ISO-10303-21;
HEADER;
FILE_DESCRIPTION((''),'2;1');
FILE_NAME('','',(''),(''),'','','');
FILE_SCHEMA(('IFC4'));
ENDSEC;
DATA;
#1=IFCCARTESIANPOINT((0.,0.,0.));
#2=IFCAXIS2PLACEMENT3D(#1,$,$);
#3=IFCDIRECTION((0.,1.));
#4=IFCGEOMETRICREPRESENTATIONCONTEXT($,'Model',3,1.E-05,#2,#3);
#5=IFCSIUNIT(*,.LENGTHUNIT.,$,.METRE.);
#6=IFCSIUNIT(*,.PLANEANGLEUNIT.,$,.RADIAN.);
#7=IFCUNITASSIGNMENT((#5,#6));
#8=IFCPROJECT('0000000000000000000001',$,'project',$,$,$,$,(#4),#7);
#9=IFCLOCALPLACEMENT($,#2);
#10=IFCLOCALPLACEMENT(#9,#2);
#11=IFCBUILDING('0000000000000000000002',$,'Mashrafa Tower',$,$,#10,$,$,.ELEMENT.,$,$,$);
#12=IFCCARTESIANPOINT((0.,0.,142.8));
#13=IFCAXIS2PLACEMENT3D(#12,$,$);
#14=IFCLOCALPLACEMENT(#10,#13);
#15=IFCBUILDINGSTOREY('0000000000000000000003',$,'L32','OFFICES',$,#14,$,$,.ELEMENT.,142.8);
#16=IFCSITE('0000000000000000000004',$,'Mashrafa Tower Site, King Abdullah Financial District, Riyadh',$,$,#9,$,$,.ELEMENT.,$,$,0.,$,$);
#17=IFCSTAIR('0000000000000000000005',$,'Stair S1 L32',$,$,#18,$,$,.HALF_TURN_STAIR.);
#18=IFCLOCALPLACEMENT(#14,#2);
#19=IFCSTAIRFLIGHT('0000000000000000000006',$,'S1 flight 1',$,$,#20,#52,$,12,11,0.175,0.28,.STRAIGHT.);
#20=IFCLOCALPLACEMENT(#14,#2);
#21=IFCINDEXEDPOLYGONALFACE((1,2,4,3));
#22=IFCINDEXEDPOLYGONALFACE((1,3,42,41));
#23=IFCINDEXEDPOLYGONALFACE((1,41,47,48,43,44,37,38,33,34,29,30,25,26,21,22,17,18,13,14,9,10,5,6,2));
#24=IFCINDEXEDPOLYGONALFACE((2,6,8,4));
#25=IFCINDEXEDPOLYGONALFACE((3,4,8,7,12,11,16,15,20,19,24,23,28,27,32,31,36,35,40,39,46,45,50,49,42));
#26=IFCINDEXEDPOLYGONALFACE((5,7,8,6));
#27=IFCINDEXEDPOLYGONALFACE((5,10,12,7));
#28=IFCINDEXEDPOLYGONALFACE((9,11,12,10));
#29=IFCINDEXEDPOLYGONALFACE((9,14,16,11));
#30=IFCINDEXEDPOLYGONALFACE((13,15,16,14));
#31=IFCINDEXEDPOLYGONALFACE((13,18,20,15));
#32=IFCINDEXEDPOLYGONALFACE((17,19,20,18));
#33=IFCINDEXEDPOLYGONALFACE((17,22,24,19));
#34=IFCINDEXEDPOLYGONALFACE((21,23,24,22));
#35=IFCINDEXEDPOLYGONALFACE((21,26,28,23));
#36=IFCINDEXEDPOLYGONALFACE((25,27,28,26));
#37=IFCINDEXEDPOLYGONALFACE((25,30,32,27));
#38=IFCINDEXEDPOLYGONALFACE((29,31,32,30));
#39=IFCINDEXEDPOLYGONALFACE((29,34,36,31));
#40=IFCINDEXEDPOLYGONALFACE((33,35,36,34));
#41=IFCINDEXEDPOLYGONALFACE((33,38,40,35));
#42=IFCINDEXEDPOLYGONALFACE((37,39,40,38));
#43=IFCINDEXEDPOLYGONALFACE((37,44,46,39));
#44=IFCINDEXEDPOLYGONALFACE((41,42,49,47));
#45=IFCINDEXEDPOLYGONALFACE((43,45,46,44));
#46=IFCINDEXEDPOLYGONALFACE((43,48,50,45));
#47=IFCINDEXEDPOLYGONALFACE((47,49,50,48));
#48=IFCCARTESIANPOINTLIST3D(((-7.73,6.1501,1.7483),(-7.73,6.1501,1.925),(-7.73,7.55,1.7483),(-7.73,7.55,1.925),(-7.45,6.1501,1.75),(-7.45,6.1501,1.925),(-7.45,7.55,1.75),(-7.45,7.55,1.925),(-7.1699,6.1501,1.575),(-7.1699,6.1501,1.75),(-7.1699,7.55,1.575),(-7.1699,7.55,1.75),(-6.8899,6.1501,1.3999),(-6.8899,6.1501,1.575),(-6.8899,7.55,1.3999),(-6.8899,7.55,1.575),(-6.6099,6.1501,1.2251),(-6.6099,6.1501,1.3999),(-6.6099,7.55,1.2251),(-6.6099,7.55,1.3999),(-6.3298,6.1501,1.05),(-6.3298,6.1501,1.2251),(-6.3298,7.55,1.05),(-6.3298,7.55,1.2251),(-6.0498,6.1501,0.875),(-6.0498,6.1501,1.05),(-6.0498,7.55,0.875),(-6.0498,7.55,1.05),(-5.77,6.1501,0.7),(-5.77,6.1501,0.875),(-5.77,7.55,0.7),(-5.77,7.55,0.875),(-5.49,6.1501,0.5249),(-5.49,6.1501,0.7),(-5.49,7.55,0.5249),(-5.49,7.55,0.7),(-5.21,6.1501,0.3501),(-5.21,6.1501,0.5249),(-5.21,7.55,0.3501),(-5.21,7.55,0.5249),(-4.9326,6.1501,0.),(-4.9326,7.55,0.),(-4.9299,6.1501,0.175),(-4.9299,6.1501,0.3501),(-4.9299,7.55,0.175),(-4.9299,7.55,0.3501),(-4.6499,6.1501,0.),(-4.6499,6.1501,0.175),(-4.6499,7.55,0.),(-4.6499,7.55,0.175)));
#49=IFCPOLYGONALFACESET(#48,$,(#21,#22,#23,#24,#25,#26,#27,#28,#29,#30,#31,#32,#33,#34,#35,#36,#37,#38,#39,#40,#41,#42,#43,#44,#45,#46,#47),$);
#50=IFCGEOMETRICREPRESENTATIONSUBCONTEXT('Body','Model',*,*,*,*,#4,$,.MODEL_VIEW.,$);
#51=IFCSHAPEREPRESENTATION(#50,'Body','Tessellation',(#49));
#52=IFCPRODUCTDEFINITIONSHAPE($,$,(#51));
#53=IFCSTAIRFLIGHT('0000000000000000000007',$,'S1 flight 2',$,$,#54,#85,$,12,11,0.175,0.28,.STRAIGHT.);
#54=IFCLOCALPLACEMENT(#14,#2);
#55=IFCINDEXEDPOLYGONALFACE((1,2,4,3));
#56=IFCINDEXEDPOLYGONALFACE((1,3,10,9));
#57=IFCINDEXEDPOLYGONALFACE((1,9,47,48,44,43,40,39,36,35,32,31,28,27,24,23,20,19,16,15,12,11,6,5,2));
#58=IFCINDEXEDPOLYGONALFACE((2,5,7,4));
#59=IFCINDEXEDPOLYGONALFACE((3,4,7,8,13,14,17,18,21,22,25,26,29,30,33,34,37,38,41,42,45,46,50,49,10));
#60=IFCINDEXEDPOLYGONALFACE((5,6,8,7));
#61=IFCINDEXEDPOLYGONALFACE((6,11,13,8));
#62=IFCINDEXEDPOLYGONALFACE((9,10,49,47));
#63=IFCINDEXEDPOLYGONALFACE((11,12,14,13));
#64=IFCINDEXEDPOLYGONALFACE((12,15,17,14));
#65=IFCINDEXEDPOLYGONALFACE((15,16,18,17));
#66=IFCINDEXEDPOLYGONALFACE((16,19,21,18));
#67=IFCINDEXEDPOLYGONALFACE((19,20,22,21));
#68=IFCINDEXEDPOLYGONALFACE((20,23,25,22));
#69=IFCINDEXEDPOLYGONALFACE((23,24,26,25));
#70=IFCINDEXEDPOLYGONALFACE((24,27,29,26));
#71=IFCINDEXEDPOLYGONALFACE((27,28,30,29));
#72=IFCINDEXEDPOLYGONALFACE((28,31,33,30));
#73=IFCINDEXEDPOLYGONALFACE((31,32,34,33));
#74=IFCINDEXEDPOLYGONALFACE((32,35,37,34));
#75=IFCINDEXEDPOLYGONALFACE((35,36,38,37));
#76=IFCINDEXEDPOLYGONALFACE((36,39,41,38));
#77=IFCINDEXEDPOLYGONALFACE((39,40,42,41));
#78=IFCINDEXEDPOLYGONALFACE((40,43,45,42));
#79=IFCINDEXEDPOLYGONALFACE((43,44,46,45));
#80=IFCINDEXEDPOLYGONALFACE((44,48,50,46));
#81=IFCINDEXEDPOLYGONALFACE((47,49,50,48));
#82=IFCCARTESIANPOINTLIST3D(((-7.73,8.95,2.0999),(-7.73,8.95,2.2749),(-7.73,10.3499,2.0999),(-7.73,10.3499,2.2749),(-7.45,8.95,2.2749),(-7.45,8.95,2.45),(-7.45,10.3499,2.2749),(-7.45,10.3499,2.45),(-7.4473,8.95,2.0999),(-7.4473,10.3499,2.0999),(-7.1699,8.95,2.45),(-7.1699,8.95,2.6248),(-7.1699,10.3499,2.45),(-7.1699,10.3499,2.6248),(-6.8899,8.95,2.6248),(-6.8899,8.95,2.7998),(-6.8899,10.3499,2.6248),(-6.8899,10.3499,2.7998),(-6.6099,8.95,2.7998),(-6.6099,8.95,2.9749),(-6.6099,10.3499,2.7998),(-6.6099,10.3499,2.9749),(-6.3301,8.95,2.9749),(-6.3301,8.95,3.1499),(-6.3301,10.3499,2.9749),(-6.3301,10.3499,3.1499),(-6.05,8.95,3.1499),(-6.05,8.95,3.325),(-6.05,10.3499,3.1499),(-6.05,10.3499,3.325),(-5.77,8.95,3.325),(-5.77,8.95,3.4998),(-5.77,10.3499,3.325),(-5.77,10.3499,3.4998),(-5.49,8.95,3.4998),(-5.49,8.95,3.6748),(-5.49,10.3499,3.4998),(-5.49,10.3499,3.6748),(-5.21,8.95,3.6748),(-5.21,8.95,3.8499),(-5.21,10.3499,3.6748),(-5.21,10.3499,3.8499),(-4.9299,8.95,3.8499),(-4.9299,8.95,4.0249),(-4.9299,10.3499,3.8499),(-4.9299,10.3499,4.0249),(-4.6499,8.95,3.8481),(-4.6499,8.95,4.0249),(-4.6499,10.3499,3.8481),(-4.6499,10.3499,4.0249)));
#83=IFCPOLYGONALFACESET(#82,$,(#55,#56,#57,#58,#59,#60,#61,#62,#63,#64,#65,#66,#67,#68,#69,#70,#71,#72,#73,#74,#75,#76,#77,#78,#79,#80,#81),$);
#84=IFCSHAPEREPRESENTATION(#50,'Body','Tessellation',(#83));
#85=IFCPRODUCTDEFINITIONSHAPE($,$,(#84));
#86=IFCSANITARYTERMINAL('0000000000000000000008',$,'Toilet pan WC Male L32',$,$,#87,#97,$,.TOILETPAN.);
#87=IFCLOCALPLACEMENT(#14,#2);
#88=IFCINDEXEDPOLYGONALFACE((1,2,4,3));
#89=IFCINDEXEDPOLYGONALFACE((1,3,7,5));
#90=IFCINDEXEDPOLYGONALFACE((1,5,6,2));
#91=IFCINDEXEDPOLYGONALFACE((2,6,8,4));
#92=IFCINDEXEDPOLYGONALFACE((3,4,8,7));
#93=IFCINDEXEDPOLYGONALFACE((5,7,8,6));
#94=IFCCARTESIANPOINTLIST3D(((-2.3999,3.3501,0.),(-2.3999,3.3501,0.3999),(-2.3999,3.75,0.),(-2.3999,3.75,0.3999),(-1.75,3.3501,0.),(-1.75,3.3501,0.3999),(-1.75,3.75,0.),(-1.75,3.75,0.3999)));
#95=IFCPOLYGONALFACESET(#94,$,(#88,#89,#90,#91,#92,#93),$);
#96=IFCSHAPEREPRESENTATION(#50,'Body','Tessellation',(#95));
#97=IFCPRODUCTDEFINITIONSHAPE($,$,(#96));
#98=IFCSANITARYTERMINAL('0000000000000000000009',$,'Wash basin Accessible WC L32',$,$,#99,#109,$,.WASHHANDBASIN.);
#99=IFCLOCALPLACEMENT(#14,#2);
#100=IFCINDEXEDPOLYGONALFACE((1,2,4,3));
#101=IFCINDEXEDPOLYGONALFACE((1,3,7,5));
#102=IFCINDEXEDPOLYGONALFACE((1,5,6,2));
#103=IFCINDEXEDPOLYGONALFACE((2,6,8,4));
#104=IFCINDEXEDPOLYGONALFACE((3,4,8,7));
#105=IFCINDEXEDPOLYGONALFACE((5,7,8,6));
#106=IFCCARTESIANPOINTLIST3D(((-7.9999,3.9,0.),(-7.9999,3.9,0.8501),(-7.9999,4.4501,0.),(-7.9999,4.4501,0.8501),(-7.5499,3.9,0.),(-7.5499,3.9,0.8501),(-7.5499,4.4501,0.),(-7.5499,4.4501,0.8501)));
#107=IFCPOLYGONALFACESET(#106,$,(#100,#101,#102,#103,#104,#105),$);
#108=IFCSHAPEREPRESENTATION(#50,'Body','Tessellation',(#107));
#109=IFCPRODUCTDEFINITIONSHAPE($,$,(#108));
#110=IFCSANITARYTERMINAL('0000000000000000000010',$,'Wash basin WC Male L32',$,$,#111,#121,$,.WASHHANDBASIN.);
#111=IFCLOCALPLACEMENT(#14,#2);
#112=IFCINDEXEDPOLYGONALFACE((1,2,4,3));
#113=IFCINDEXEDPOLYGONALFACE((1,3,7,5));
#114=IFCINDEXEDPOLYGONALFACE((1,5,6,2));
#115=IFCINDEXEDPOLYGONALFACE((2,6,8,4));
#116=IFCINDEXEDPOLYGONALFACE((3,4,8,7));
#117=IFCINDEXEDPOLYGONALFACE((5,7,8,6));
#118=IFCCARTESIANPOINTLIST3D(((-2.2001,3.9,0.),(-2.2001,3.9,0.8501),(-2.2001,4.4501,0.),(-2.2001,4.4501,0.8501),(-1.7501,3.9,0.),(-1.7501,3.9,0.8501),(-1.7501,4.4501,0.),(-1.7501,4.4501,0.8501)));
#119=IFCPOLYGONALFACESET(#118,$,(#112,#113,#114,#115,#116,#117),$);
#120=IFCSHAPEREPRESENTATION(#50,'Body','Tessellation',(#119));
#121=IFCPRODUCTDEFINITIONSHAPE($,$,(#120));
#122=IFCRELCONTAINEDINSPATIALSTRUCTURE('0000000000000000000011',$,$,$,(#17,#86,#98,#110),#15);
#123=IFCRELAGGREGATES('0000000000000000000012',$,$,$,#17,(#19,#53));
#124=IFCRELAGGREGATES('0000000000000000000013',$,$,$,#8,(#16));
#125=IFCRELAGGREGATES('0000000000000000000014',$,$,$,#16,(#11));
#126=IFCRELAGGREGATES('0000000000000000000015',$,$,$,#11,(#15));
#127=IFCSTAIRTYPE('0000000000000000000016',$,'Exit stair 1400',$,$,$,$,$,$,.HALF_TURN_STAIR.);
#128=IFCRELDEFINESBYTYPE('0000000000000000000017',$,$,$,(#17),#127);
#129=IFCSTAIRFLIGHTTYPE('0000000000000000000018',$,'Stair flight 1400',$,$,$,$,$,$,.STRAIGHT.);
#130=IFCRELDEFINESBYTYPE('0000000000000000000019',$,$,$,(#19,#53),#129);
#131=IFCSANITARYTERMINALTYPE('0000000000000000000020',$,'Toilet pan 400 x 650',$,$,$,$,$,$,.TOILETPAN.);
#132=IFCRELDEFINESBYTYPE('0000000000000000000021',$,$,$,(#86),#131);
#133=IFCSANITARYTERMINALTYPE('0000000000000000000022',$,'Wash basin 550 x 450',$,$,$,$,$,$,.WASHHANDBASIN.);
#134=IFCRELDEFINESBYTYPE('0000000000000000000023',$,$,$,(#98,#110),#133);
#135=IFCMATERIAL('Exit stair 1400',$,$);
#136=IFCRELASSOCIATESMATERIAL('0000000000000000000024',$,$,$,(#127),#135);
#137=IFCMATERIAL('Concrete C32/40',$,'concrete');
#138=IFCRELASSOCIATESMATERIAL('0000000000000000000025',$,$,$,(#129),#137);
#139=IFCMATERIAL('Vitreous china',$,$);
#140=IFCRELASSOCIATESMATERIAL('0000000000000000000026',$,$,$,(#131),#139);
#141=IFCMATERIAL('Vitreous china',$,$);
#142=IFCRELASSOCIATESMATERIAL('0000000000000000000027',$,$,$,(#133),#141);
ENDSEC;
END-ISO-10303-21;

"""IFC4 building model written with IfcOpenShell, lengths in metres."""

from ifc_helpers import new_model, si_unit, direction, frame, origin, origin_2d, place, context, subcontext, project, spatial, polyline, rectangle, outline, extrude, material, type_object, element, aggregate, save


model = new_model("IFC4")

# Units and contexts
model_context = context("Model", 3, precision=1e-05, world=origin(), true_north=direction((0.0, 1.0)))
body_context = subcontext(model_context, "Body", "Model", "MODEL_VIEW")
ifc_project = project(units=[si_unit("LENGTHUNIT", "METRE"), si_unit("PLANEANGLEUNIT", "RADIAN")], contexts=[model_context])

# Site, building, storey
site_placement = place(None, origin())
site = spatial("IfcSite", under=ifc_project, at=site_placement, Name="Mashrafa Tower Site, King Abdullah Financial District, Riyadh", CompositionType="ELEMENT", RefElevation=0.0)
building_placement = place(site_placement, origin())
building = spatial("IfcBuilding", under=site, at=building_placement, Name="Mashrafa Tower", CompositionType="ELEMENT")
storey_placement = place(building_placement, frame((0.0, 0.0, 142.8)))
storey = spatial("IfcBuildingStorey", under=building, at=storey_placement, Name="L32", Description="OFFICES", CompositionType="ELEMENT", Elevation=142.8)

# Stair, stair flights
ifc_material_1 = material(Name="Exit stair 1400")
stair_type = type_object("IfcStairType", Name="Exit stair 1400", PredefinedType="HALF_TURN_STAIR", material=ifc_material_1)
stair_placement = place(storey_placement, origin())
stair = element("IfcStair", 1, at=stair_placement, inside=storey, type_object=stair_type, Name="Stair S1 L32", PredefinedType="HALF_TURN_STAIR")
ifc_material_2 = material(Name="Concrete C32/40", Category="concrete")
stair_flight_type = type_object("IfcStairFlightType", Name="Stair flight 1400", PredefinedType="STRAIGHT", material=ifc_material_2)
stair_flight_1_placement = place(storey_placement, frame((-4.6499, 6.8501, 0.0), z_axis=(0.0, 0.0, 1.0), x_axis=(-1.0, 0.0, 0.0)))
stair_flight_1 = element("IfcStairFlight", 2, at=stair_flight_1_placement, type_object=stair_flight_type, Name="S1 flight 1", NumberOfRisers=12, NumberOfTreads=11, PredefinedType="STRAIGHT", RiserHeight=0.175, TreadLength=0.28, context=body_context, shape_type="SweptSolid", body=[
    extrude(outline(polyline([(0.0, 0.0), (0.0, 0.175), (0.28, 0.175), (0.28, 0.3501), (0.5601, 0.3501), (0.5601, 0.5249), (0.8401, 0.5249), (0.8401, 0.7), (1.1201, 0.7), (1.1201, 0.875), (1.3999, 0.875), (1.3999, 1.05), (1.6799, 1.05), (1.6799, 1.2251), (1.96, 1.2251), (1.96, 1.3999), (2.24, 1.3999), (2.24, 1.575), (2.52, 1.575), (2.52, 1.75), (2.8, 1.75), (2.8, 1.925), (3.0801, 1.925), (3.0801, 2.1001), (3.0801, 1.7483), (0.2827, 0.0), (0.0, 0.0)])), frame((0.0, 0.7, 0.0), z_axis=(0.0, -1.0, 0.0), x_axis=(1.0, 0.0, 0.0)), (0.0, 0.0, 1.0), 1.3999),
])
stair_flight_2_placement = place(storey_placement, frame((-7.73, 9.6499, 2.0999), z_axis=(0.0, 0.0, 1.0), x_axis=(1.0, 0.0, 0.0)))
stair_flight_2 = element("IfcStairFlight", 3, at=stair_flight_2_placement, type_object=stair_flight_type, Name="S1 flight 2", NumberOfRisers=12, NumberOfTreads=11, PredefinedType="STRAIGHT", RiserHeight=0.175, TreadLength=0.28, context=body_context, shape_type="SweptSolid", body=[
    extrude(outline(polyline([(0.0, 0.0), (0.0, 0.175), (0.28, 0.175), (0.28, 0.3501), (0.5601, 0.3501), (0.5601, 0.5249), (0.8401, 0.5249), (0.8401, 0.7), (1.1201, 0.7), (1.1201, 0.875), (1.3999, 0.875), (1.3999, 1.05), (1.6799, 1.05), (1.6799, 1.2251), (1.96, 1.2251), (1.96, 1.3999), (2.24, 1.3999), (2.24, 1.575), (2.52, 1.575), (2.52, 1.75), (2.8, 1.75), (2.8, 1.925), (3.0801, 1.925), (3.0801, 2.1001), (3.0801, 1.7483), (0.2827, 0.0), (0.0, 0.0)])), frame((0.0, 0.7, 0.0), z_axis=(0.0, -1.0, 0.0), x_axis=(1.0, 0.0, 0.0)), (0.0, 0.0, 1.0), 1.3999),
])
aggregate(stair, [stair_flight_1, stair_flight_2])

# Sanitary terminals
ifc_material_3 = material(Name="Vitreous china")
sanitary_terminal_type_1 = type_object("IfcSanitaryTerminalType", Name="Toilet pan 400 x 650", PredefinedType="TOILETPAN", material=ifc_material_3)
sanitary_terminal_placement = place(storey_placement, frame((-2.075, 3.55, 0.0), z_axis=(0.0, 0.0, 1.0), x_axis=(0.0, 1.0, 0.0)))
element("IfcSanitaryTerminal", 4, at=sanitary_terminal_placement, inside=storey, type_object=sanitary_terminal_type_1, Name="Toilet pan WC Male L32", PredefinedType="TOILETPAN", context=body_context, shape_type="SweptSolid", body=[
    extrude(rectangle(XDim=0.3999, YDim=0.6499, at=origin_2d()), origin(), (0.0, 0.0, 1.0), 0.3999),
])
ifc_material_4 = material(Name="Vitreous china")
sanitary_terminal_type_2 = type_object("IfcSanitaryTerminalType", Name="Wash basin 550 x 450", PredefinedType="WASHHANDBASIN", material=ifc_material_4)
for number, where, z_axis, x_axis, name in (
    (5, (-7.7749, 4.175, 0.0), (0.0, 0.0, 1.0), (0.0, 1.0, 0.0), "Wash basin Accessible WC L32"),
    (6, (-1.9751, 4.175, 0.0), (0.0, 0.0, 1.0), (0.0, 1.0, 0.0), "Wash basin WC Male L32"),
):
    element("IfcSanitaryTerminal", number, at=place(storey_placement, frame(where, z_axis=z_axis, x_axis=x_axis)), inside=storey, type_object=sanitary_terminal_type_2, Name=name, PredefinedType="WASHHANDBASIN", context=body_context, shape_type="SweptSolid", body=[
        extrude(rectangle(XDim=0.55, YDim=0.45, at=origin_2d()), origin(), (0.0, 0.0, 1.0), 0.8501),
    ])

save(model, "model.ifc")
